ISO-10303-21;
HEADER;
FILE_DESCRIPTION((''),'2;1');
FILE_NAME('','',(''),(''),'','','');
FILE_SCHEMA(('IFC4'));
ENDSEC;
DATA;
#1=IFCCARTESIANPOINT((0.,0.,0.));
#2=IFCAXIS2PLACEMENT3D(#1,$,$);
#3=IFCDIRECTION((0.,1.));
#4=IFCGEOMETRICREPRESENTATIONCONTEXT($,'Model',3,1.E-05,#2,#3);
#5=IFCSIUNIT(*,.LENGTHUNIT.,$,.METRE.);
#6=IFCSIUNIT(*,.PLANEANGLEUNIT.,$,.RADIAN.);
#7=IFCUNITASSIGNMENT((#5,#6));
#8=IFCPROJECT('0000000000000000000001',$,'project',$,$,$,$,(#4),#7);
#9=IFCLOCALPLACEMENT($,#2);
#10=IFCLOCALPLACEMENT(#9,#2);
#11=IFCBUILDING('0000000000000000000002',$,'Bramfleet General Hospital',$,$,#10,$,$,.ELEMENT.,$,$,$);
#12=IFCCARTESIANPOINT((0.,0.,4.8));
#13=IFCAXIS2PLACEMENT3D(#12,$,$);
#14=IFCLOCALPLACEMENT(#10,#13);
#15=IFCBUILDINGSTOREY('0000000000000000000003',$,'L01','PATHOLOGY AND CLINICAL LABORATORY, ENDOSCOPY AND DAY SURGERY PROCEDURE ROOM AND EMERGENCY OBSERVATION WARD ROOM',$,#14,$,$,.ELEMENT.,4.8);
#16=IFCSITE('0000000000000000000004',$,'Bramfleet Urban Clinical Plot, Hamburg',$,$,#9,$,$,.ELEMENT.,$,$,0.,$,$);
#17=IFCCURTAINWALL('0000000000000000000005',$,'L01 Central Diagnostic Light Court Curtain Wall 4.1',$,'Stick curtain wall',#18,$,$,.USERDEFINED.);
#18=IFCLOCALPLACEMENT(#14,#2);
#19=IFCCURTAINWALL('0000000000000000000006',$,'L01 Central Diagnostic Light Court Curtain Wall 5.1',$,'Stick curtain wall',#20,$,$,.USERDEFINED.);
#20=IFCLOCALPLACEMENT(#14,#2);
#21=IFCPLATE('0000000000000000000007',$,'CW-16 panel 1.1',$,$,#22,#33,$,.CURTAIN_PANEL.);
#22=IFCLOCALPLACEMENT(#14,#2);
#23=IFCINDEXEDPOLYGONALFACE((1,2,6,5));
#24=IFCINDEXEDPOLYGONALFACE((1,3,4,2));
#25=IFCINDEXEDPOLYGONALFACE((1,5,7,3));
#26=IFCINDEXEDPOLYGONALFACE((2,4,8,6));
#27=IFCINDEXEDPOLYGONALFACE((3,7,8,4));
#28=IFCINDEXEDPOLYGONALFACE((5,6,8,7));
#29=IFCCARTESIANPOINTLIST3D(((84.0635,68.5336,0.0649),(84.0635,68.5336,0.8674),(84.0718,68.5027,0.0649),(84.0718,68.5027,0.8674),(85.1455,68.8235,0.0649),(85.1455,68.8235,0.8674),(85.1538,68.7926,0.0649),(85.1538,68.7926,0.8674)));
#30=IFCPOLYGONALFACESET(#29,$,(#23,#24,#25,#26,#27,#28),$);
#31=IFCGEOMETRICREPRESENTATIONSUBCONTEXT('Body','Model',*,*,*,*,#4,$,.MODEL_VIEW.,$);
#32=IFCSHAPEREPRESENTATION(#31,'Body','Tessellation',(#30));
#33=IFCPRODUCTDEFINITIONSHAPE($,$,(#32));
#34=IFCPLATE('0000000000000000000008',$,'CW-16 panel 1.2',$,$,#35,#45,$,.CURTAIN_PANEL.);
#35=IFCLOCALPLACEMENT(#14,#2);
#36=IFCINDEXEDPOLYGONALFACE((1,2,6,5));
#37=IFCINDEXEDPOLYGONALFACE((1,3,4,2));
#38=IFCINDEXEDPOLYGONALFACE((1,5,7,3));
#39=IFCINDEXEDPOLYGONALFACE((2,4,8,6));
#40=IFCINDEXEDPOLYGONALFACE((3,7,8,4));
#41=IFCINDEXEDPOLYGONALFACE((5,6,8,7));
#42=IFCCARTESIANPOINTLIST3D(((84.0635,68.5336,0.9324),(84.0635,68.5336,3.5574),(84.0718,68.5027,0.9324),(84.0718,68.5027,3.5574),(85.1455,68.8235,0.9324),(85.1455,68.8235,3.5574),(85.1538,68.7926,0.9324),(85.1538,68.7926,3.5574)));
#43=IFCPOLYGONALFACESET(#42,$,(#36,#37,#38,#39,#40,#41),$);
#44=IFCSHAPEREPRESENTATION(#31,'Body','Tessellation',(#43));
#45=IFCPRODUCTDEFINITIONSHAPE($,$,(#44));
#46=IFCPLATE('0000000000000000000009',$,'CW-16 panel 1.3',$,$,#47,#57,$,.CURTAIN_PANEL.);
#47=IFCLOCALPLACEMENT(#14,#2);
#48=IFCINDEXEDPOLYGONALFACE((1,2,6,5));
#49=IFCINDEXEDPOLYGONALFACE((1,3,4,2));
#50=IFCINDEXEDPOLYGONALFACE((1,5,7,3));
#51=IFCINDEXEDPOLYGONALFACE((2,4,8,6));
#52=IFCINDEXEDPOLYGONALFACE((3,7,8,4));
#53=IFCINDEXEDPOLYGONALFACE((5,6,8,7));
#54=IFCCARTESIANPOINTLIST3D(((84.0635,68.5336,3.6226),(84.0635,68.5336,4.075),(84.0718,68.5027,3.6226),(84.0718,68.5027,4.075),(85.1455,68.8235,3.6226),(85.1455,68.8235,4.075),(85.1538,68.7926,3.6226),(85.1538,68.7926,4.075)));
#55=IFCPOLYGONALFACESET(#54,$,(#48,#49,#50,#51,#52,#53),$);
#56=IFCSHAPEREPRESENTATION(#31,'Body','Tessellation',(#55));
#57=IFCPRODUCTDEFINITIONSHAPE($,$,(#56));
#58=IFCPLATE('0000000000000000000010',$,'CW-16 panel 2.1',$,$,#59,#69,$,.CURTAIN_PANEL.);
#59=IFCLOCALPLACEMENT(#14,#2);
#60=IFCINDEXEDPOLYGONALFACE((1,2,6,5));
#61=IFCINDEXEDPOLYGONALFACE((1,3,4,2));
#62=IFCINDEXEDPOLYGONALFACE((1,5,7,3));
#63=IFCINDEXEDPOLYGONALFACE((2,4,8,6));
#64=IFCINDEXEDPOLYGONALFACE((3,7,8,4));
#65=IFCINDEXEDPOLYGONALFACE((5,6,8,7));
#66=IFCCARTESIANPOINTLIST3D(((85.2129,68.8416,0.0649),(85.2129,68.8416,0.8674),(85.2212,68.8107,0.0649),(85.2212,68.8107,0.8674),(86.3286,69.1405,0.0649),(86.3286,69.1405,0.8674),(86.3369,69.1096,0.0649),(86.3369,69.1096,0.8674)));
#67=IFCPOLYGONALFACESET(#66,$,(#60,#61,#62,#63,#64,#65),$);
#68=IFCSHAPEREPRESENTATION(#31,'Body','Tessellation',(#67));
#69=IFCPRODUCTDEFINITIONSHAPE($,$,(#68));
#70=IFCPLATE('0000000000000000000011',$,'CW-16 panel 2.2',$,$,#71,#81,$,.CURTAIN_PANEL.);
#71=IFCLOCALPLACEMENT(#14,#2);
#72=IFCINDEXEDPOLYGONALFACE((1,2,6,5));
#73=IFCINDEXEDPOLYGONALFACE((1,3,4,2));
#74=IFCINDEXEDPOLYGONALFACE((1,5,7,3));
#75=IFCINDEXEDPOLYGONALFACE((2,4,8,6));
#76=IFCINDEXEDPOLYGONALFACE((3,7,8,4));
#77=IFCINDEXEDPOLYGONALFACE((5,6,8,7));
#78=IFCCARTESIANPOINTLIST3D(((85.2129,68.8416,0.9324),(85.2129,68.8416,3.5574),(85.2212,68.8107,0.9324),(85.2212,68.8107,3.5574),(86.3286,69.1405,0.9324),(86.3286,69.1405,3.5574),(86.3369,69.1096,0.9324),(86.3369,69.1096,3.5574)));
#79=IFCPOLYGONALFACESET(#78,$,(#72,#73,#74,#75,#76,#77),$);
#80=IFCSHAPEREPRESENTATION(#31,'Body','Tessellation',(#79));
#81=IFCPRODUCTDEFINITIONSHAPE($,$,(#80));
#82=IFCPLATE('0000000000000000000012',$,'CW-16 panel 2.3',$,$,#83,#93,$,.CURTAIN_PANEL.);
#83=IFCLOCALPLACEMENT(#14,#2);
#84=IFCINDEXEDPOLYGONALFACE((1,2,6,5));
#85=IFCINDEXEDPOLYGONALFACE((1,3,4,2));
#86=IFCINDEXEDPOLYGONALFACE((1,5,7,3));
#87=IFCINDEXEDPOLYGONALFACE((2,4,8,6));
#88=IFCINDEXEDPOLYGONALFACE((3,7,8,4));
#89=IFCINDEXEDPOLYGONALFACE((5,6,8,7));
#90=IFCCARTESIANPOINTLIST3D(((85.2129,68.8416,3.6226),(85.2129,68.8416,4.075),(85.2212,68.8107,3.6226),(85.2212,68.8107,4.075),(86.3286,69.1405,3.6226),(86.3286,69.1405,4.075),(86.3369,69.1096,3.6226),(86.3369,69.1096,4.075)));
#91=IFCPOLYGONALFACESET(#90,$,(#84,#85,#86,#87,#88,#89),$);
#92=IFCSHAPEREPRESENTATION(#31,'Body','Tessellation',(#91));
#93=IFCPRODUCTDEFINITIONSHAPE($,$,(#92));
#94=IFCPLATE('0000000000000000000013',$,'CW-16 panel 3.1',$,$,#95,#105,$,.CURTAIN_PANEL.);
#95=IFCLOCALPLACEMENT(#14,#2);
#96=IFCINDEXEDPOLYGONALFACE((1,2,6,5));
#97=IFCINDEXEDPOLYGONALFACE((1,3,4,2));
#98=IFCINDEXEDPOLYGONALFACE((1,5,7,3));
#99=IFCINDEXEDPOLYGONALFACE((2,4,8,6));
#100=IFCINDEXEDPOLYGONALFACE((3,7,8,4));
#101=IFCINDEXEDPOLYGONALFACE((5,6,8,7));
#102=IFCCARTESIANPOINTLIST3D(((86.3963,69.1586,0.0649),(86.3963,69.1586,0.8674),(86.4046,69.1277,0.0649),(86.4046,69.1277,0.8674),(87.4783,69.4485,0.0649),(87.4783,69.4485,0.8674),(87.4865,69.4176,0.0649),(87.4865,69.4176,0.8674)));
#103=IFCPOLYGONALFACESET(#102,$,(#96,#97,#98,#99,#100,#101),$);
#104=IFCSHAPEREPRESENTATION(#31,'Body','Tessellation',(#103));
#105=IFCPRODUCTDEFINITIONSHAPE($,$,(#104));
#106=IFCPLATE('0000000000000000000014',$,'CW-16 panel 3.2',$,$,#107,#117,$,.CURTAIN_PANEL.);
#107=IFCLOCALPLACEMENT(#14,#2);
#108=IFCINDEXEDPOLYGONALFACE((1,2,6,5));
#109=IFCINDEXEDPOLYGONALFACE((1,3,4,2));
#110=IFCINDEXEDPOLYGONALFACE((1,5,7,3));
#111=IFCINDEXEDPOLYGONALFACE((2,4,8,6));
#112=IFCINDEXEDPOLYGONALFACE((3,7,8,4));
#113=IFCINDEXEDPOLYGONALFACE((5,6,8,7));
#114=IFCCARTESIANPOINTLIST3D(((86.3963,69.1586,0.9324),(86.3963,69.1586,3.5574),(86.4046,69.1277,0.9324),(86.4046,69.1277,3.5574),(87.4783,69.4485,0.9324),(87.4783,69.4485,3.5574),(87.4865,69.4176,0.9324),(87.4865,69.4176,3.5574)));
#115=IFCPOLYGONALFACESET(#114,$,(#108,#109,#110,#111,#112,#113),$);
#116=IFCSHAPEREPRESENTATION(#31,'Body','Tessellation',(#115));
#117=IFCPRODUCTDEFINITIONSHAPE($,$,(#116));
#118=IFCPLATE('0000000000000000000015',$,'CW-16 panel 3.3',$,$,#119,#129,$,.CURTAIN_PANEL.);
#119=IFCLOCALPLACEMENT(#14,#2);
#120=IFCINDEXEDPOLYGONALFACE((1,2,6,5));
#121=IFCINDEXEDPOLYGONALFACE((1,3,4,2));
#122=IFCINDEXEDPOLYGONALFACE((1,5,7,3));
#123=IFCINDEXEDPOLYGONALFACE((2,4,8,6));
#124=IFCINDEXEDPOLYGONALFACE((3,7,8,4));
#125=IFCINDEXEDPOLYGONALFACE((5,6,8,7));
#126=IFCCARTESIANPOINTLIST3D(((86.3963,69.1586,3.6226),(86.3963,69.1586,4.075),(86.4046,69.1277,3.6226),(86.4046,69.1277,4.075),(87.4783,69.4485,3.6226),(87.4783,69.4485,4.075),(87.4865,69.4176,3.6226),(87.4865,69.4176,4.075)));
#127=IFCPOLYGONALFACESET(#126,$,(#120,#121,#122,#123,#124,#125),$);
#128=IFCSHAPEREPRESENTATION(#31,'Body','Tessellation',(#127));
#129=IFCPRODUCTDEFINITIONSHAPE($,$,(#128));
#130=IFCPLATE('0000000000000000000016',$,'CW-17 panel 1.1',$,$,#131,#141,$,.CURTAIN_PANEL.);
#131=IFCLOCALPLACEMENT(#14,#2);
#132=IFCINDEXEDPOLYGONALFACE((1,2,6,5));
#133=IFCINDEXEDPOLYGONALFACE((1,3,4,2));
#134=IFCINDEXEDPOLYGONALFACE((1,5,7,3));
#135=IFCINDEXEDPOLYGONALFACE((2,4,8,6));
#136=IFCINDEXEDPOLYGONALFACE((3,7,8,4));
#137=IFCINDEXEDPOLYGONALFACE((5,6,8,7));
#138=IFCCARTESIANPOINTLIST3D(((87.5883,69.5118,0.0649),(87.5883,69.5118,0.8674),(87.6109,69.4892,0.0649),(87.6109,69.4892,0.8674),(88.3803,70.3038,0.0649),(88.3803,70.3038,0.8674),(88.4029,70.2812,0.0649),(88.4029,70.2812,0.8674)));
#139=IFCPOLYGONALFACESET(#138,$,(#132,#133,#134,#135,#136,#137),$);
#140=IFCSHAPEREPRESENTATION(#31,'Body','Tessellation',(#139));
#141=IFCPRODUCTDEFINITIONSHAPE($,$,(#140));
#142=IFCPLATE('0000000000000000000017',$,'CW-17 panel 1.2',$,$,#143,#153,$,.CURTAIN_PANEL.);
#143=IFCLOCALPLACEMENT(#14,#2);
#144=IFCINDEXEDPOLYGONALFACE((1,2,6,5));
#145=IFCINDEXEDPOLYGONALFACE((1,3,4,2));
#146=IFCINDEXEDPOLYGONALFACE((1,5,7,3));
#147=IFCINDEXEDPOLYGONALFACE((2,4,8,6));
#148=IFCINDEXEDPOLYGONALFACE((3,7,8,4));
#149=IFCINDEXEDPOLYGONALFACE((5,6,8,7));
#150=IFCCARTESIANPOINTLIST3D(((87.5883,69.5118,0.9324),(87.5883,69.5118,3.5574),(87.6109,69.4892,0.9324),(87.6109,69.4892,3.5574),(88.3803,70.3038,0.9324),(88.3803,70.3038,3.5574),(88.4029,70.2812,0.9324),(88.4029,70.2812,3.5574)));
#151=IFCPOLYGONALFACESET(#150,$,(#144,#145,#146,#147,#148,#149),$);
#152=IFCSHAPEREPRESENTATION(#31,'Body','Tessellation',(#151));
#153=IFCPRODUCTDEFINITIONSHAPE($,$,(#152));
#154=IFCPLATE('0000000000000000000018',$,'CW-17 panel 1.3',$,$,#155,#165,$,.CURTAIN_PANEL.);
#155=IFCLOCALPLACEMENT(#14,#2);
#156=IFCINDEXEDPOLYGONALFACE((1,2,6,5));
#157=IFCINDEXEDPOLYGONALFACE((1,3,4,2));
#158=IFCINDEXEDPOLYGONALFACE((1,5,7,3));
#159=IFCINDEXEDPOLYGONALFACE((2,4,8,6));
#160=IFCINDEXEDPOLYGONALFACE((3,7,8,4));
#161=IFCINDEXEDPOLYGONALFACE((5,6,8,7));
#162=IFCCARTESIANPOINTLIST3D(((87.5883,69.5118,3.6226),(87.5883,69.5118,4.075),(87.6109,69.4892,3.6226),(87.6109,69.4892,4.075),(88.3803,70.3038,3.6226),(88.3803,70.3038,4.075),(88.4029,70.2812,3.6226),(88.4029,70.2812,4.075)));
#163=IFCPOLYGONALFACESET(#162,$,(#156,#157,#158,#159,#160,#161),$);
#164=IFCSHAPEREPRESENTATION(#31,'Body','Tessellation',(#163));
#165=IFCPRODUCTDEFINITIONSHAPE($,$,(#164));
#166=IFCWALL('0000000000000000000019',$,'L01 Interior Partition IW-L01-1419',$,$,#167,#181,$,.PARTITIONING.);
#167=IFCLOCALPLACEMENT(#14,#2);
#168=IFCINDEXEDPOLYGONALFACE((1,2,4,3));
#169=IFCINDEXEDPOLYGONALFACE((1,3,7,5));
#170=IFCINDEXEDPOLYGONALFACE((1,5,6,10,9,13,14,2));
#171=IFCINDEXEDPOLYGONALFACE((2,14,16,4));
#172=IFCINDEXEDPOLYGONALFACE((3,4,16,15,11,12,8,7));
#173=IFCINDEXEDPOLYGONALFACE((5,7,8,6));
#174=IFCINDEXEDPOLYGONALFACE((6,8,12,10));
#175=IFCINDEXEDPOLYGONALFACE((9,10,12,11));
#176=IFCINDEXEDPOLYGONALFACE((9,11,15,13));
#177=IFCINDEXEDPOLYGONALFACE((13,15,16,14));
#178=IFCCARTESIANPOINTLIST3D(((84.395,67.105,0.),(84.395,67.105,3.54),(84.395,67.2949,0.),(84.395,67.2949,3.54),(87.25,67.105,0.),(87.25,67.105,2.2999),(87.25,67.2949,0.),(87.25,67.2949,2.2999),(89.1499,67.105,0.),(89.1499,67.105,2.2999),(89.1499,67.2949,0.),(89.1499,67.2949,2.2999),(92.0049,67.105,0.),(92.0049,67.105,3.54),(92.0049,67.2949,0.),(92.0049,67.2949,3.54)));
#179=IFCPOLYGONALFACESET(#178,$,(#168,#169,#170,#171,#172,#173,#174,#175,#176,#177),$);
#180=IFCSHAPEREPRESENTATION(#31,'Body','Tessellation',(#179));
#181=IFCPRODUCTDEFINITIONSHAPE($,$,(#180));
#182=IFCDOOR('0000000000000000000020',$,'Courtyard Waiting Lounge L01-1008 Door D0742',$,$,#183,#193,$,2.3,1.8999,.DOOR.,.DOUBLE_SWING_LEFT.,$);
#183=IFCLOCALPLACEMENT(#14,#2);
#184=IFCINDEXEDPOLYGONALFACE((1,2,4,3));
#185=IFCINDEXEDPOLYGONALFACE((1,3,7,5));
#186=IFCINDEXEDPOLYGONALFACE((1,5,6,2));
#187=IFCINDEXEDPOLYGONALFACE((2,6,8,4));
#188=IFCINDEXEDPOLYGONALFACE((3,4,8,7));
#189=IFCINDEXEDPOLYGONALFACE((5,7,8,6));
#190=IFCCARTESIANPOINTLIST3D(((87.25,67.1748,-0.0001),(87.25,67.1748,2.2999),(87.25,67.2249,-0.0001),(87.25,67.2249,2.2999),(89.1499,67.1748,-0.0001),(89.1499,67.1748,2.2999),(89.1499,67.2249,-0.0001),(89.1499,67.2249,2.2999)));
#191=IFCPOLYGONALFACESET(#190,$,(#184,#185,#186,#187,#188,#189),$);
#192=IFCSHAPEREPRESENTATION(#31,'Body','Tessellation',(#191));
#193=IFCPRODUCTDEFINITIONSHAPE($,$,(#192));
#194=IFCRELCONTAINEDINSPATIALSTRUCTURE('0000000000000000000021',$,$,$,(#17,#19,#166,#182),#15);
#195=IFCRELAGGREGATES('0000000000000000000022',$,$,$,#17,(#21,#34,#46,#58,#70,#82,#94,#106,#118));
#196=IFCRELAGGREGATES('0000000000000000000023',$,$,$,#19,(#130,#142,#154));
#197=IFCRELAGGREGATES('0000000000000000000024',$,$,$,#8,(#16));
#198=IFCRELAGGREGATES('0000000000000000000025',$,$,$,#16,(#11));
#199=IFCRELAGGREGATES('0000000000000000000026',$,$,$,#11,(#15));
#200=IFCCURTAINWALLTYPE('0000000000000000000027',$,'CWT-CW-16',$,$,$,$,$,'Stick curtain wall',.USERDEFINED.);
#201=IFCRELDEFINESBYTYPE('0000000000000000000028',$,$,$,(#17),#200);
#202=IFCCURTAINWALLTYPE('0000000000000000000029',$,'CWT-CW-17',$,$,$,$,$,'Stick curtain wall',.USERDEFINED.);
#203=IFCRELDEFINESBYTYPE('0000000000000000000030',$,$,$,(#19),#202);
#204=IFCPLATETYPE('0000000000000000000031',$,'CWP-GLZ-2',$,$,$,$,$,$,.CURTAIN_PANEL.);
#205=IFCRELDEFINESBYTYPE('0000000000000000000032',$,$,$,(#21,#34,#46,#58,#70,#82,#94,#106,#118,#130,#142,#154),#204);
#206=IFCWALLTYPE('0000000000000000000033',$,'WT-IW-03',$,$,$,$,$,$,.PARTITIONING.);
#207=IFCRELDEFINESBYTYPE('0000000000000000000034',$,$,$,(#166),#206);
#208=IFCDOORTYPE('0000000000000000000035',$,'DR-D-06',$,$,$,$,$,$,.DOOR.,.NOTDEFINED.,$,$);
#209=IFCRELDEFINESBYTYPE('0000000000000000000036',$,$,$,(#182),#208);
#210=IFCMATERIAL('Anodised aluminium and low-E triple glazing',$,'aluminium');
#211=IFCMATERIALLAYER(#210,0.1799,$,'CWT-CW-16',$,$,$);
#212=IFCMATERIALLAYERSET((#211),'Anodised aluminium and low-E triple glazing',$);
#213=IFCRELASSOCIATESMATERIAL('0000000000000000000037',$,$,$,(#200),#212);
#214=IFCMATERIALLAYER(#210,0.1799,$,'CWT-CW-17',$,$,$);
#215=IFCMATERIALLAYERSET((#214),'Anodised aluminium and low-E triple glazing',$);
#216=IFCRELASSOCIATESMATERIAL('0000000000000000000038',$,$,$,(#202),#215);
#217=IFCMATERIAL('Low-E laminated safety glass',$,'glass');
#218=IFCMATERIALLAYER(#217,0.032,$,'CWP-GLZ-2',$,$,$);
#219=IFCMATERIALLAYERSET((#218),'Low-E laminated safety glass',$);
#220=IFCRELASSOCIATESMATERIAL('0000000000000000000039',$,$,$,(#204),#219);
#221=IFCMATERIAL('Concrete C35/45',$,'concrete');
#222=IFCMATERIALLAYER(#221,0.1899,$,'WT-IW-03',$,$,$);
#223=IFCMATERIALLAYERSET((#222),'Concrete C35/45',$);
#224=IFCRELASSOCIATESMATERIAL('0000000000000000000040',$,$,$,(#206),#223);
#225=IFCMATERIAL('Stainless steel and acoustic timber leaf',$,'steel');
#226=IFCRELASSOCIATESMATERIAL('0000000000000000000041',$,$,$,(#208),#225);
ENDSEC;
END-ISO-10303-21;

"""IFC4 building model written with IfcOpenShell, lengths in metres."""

from ifc_helpers import new_model, si_unit, direction, frame, frame_2d, origin, origin_2d, place, context, subcontext, project, spatial, rectangle, extrude, material, layer, layer_set, type_object, element, fill, aggregate, save


model = new_model("IFC4")

# Units and contexts
model_context = context("Model", 3, precision=1e-05, world=origin(), true_north=direction((0.0, 1.0)))
body_context = subcontext(model_context, "Body", "Model", "MODEL_VIEW")
ifc_project = project(units=[si_unit("LENGTHUNIT", "METRE"), si_unit("PLANEANGLEUNIT", "RADIAN")], contexts=[model_context])

# Site, building, storey
site_placement = place(None, origin())
site = spatial("IfcSite", under=ifc_project, at=site_placement, Name="Bramfleet Urban Clinical Plot, Hamburg", CompositionType="ELEMENT", RefElevation=0.0)
building_placement = place(site_placement, origin())
building = spatial("IfcBuilding", under=site, at=building_placement, Name="Bramfleet General Hospital", CompositionType="ELEMENT")
storey_placement = place(building_placement, frame((0.0, 0.0, 4.8)))
storey = spatial("IfcBuildingStorey", under=building, at=storey_placement, Name="L01", Description="PATHOLOGY AND CLINICAL LABORATORY, ENDOSCOPY AND DAY SURGERY PROCEDURE ROOM AND EMERGENCY OBSERVATION WARD ROOM", CompositionType="ELEMENT", Elevation=4.8)

# Shared definitions
ifc_material_1 = material(Name="Concrete C35/45", Category="concrete")

# Curtain wall
ifc_material_2 = material(Name="Anodised aluminium and low-E triple glazing", Category="aluminium")
ifc_layer_1 = layer(ifc_material_2, 0.1799, Name="CWT-CW-16")
ifc_layer_set_1 = layer_set([ifc_layer_1], Name="Anodised aluminium and low-E triple glazing")
curtain_wall_type_1 = type_object("IfcCurtainWallType", Name="CWT-CW-16", ElementType="Stick curtain wall", PredefinedType="USERDEFINED", material=ifc_layer_set_1)
curtain_wall_1_placement = place(storey_placement, origin())
curtain_wall_1 = element("IfcCurtainWall", 1, at=curtain_wall_1_placement, inside=storey, type_object=curtain_wall_type_1, Name="L01 Central Diagnostic Light Court Curtain Wall 4.1", ObjectType="Stick curtain wall", PredefinedType="USERDEFINED")

# Curtain wall
ifc_layer_2 = layer(ifc_material_2, 0.1799, Name="CWT-CW-17")
ifc_layer_set_2 = layer_set([ifc_layer_2], Name="Anodised aluminium and low-E triple glazing")
curtain_wall_type_2 = type_object("IfcCurtainWallType", Name="CWT-CW-17", ElementType="Stick curtain wall", PredefinedType="USERDEFINED", material=ifc_layer_set_2)
curtain_wall_2_placement = place(storey_placement, origin())
curtain_wall_2 = element("IfcCurtainWall", 2, at=curtain_wall_2_placement, inside=storey, type_object=curtain_wall_type_2, Name="L01 Central Diagnostic Light Court Curtain Wall 5.1", ObjectType="Stick curtain wall", PredefinedType="USERDEFINED")

# Plates
ifc_material_3 = material(Name="Low-E laminated safety glass", Category="glass")
ifc_layer_3 = layer(ifc_material_3, 0.032, Name="CWP-GLZ-2")
ifc_layer_set_3 = layer_set([ifc_layer_3], Name="Low-E laminated safety glass")
plate_type = type_object("IfcPlateType", Name="CWP-GLZ-2", PredefinedType="CURTAIN_PANEL", material=ifc_layer_set_3)
plate_1_placement = place(storey_placement, frame((84.6086, 68.6631, 0.0649), z_axis=(0.0, 0.0, 1.0), x_axis=(0.965941, 0.258763, 0.0)))
plate_1 = element("IfcPlate", 3, at=plate_1_placement, type_object=plate_type, Name="CW-16 panel 1.1", PredefinedType="CURTAIN_PANEL", context=body_context, shape_type="SweptSolid", body=[
    extrude(rectangle(XDim=1.1201, YDim=0.032, at=origin_2d()), origin(), (0.0, 0.0, 1.0), 0.8025),
])
plate_2_placement = place(storey_placement, frame((84.6086, 68.6631, 0.9324), z_axis=(0.0, 0.0, 1.0), x_axis=(0.965941, 0.258763, 0.0)))
plate_2 = element("IfcPlate", 4, at=plate_2_placement, type_object=plate_type, Name="CW-16 panel 1.2", PredefinedType="CURTAIN_PANEL", context=body_context, shape_type="SweptSolid", body=[
    extrude(rectangle(XDim=1.1201, YDim=0.032, at=origin_2d()), origin(), (0.0, 0.0, 1.0), 2.625),
])
plate_3_placement = place(storey_placement, frame((84.6086, 68.6631, 3.6226), z_axis=(0.0, 0.0, 1.0), x_axis=(0.965941, 0.258763, 0.0)))
plate_3 = element("IfcPlate", 5, at=plate_3_placement, type_object=plate_type, Name="CW-16 panel 1.3", PredefinedType="CURTAIN_PANEL", context=body_context, shape_type="SweptSolid", body=[
    extrude(rectangle(XDim=1.1201, YDim=0.032, at=origin_2d()), origin(), (0.0, 0.0, 1.0), 0.4524),
])
plate_4_placement = place(storey_placement, frame((85.7749, 68.9756, 0.0649), z_axis=(0.0, 0.0, 1.0), x_axis=(0.965941, 0.258763, 0.0)))
plate_4 = element("IfcPlate", 6, at=plate_4_placement, type_object=plate_type, Name="CW-16 panel 2.1", PredefinedType="CURTAIN_PANEL", context=body_context, shape_type="SweptSolid", body=[
    extrude(rectangle(XDim=1.155, YDim=0.032, at=origin_2d()), origin(), (0.0, 0.0, 1.0), 0.8025),
])
plate_5_placement = place(storey_placement, frame((85.7749, 68.9756, 0.9324), z_axis=(0.0, 0.0, 1.0), x_axis=(0.965941, 0.258763, 0.0)))
plate_5 = element("IfcPlate", 7, at=plate_5_placement, type_object=plate_type, Name="CW-16 panel 2.2", PredefinedType="CURTAIN_PANEL", context=body_context, shape_type="SweptSolid", body=[
    extrude(rectangle(XDim=1.155, YDim=0.032, at=origin_2d()), origin(), (0.0, 0.0, 1.0), 2.625),
])
plate_6_placement = place(storey_placement, frame((85.7749, 68.9756, 3.6226), z_axis=(0.0, 0.0, 1.0), x_axis=(0.965941, 0.258763, 0.0)))
plate_6 = element("IfcPlate", 8, at=plate_6_placement, type_object=plate_type, Name="CW-16 panel 2.3", PredefinedType="CURTAIN_PANEL", context=body_context, shape_type="SweptSolid", body=[
    extrude(rectangle(XDim=1.155, YDim=0.032, at=origin_2d()), origin(), (0.0, 0.0, 1.0), 0.4524),
])
plate_7_placement = place(storey_placement, frame((86.9414, 69.2881, 0.0649), z_axis=(0.0, 0.0, 1.0), x_axis=(0.965941, 0.258763, 0.0)))
plate_7 = element("IfcPlate", 9, at=plate_7_placement, type_object=plate_type, Name="CW-16 panel 3.1", PredefinedType="CURTAIN_PANEL", context=body_context, shape_type="SweptSolid", body=[
    extrude(rectangle(XDim=1.1201, YDim=0.032, at=origin_2d()), origin(), (0.0, 0.0, 1.0), 0.8025),
])
plate_8_placement = place(storey_placement, frame((86.9414, 69.2881, 0.9324), z_axis=(0.0, 0.0, 1.0), x_axis=(0.965941, 0.258763, 0.0)))
plate_8 = element("IfcPlate", 10, at=plate_8_placement, type_object=plate_type, Name="CW-16 panel 3.2", PredefinedType="CURTAIN_PANEL", context=body_context, shape_type="SweptSolid", body=[
    extrude(rectangle(XDim=1.1201, YDim=0.032, at=origin_2d()), origin(), (0.0, 0.0, 1.0), 2.625),
])
plate_9_placement = place(storey_placement, frame((86.9414, 69.2881, 3.6226), z_axis=(0.0, 0.0, 1.0), x_axis=(0.965941, 0.258763, 0.0)))
plate_9 = element("IfcPlate", 11, at=plate_9_placement, type_object=plate_type, Name="CW-16 panel 3.3", PredefinedType="CURTAIN_PANEL", context=body_context, shape_type="SweptSolid", body=[
    extrude(rectangle(XDim=1.1201, YDim=0.032, at=origin_2d()), origin(), (0.0, 0.0, 1.0), 0.4524),
])
aggregate(curtain_wall_1, [plate_1, plate_2, plate_3, plate_4, plate_5, plate_6, plate_7, plate_8, plate_9])
plate_10_placement = place(storey_placement, frame((87.9956, 69.8965, 0.0649), z_axis=(0.0, 0.0, 1.0), x_axis=(0.707107, 0.707107, 0.0)))
plate_10 = element("IfcPlate", 12, at=plate_10_placement, type_object=plate_type, Name="CW-17 panel 1.1", PredefinedType="CURTAIN_PANEL", context=body_context, shape_type="SweptSolid", body=[
    extrude(rectangle(XDim=1.1201, YDim=0.032, at=origin_2d()), origin(), (0.0, 0.0, 1.0), 0.8025),
])
plate_11_placement = place(storey_placement, frame((87.9956, 69.8965, 0.9324), z_axis=(0.0, 0.0, 1.0), x_axis=(0.707107, 0.707107, 0.0)))
plate_11 = element("IfcPlate", 13, at=plate_11_placement, type_object=plate_type, Name="CW-17 panel 1.2", PredefinedType="CURTAIN_PANEL", context=body_context, shape_type="SweptSolid", body=[
    extrude(rectangle(XDim=1.1201, YDim=0.032, at=origin_2d()), origin(), (0.0, 0.0, 1.0), 2.625),
])
plate_12_placement = place(storey_placement, frame((87.9956, 69.8965, 3.6226), z_axis=(0.0, 0.0, 1.0), x_axis=(0.707107, 0.707107, 0.0)))
plate_12 = element("IfcPlate", 14, at=plate_12_placement, type_object=plate_type, Name="CW-17 panel 1.3", PredefinedType="CURTAIN_PANEL", context=body_context, shape_type="SweptSolid", body=[
    extrude(rectangle(XDim=1.1201, YDim=0.032, at=origin_2d()), origin(), (0.0, 0.0, 1.0), 0.4524),
])
aggregate(curtain_wall_2, [plate_10, plate_11, plate_12])

# Wall, opening, door
ifc_layer_4 = layer(ifc_material_1, 0.1899, Name="WT-IW-03")
ifc_layer_set_4 = layer_set([ifc_layer_4], Name="Concrete C35/45")
wall_type = type_object("IfcWallType", Name="WT-IW-03", PredefinedType="PARTITIONING", material=ifc_layer_set_4)
wall_placement = place(storey_placement, frame((84.395, 67.2, 0.0), z_axis=(0.0, 0.0, 1.0), x_axis=(1.0, 0.0, 0.0)))
wall = element("IfcWall", 15, at=wall_placement, inside=storey, type_object=wall_type, Name="L01 Interior Partition IW-L01-1419", PredefinedType="PARTITIONING", context=body_context, shape_type="SweptSolid", body=[
    extrude(rectangle(XDim=7.6099, YDim=0.1899, at=frame_2d((3.8049, 0.0))), origin(), (0.0, 0.0, 1.0), 3.54),
])
opening_placement = place(wall_placement, frame((2.855, 0.0, 0.0)))
opening = element("IfcOpeningElement", 16, at=opening_placement, cuts=wall, PredefinedType="OPENING", context=body_context, shape_type="SweptSolid", body=[
    extrude(rectangle(XDim=1.8999, YDim=2.3, at=frame_2d((0.95, 1.1499))), frame((0.0, 0.105, 0.0), z_axis=(0.0, -1.0, 0.0), x_axis=(1.0, 0.0, 0.0)), (0.0, 0.0, 1.0), 0.21),
])
ifc_material_4 = material(Name="Stainless steel and acoustic timber leaf", Category="steel")
door_type = type_object("IfcDoorType", Name="DR-D-06", OperationType="NOTDEFINED", PredefinedType="DOOR", material=ifc_material_4)
door_placement = place(opening_placement, origin())
door = element("IfcDoor", 17, at=door_placement, inside=storey, type_object=door_type, Name="Courtyard Waiting Lounge L01-1008 Door D0742", OperationType="DOUBLE_SWING_LEFT", OverallHeight=2.3, OverallWidth=1.8999, PredefinedType="DOOR", context=body_context, shape_type="SweptSolid", body=[
    extrude(rectangle(XDim=1.8999, YDim=2.3, at=frame_2d((0.95, 1.1499))), frame((0.0, 0.0249, 0.0), z_axis=(0.0, -1.0, 0.0), x_axis=(1.0, 0.0, 0.0)), (0.0, 0.0, 1.0), 0.05),
])
fill(opening, door)

save(model, "model.ifc")
